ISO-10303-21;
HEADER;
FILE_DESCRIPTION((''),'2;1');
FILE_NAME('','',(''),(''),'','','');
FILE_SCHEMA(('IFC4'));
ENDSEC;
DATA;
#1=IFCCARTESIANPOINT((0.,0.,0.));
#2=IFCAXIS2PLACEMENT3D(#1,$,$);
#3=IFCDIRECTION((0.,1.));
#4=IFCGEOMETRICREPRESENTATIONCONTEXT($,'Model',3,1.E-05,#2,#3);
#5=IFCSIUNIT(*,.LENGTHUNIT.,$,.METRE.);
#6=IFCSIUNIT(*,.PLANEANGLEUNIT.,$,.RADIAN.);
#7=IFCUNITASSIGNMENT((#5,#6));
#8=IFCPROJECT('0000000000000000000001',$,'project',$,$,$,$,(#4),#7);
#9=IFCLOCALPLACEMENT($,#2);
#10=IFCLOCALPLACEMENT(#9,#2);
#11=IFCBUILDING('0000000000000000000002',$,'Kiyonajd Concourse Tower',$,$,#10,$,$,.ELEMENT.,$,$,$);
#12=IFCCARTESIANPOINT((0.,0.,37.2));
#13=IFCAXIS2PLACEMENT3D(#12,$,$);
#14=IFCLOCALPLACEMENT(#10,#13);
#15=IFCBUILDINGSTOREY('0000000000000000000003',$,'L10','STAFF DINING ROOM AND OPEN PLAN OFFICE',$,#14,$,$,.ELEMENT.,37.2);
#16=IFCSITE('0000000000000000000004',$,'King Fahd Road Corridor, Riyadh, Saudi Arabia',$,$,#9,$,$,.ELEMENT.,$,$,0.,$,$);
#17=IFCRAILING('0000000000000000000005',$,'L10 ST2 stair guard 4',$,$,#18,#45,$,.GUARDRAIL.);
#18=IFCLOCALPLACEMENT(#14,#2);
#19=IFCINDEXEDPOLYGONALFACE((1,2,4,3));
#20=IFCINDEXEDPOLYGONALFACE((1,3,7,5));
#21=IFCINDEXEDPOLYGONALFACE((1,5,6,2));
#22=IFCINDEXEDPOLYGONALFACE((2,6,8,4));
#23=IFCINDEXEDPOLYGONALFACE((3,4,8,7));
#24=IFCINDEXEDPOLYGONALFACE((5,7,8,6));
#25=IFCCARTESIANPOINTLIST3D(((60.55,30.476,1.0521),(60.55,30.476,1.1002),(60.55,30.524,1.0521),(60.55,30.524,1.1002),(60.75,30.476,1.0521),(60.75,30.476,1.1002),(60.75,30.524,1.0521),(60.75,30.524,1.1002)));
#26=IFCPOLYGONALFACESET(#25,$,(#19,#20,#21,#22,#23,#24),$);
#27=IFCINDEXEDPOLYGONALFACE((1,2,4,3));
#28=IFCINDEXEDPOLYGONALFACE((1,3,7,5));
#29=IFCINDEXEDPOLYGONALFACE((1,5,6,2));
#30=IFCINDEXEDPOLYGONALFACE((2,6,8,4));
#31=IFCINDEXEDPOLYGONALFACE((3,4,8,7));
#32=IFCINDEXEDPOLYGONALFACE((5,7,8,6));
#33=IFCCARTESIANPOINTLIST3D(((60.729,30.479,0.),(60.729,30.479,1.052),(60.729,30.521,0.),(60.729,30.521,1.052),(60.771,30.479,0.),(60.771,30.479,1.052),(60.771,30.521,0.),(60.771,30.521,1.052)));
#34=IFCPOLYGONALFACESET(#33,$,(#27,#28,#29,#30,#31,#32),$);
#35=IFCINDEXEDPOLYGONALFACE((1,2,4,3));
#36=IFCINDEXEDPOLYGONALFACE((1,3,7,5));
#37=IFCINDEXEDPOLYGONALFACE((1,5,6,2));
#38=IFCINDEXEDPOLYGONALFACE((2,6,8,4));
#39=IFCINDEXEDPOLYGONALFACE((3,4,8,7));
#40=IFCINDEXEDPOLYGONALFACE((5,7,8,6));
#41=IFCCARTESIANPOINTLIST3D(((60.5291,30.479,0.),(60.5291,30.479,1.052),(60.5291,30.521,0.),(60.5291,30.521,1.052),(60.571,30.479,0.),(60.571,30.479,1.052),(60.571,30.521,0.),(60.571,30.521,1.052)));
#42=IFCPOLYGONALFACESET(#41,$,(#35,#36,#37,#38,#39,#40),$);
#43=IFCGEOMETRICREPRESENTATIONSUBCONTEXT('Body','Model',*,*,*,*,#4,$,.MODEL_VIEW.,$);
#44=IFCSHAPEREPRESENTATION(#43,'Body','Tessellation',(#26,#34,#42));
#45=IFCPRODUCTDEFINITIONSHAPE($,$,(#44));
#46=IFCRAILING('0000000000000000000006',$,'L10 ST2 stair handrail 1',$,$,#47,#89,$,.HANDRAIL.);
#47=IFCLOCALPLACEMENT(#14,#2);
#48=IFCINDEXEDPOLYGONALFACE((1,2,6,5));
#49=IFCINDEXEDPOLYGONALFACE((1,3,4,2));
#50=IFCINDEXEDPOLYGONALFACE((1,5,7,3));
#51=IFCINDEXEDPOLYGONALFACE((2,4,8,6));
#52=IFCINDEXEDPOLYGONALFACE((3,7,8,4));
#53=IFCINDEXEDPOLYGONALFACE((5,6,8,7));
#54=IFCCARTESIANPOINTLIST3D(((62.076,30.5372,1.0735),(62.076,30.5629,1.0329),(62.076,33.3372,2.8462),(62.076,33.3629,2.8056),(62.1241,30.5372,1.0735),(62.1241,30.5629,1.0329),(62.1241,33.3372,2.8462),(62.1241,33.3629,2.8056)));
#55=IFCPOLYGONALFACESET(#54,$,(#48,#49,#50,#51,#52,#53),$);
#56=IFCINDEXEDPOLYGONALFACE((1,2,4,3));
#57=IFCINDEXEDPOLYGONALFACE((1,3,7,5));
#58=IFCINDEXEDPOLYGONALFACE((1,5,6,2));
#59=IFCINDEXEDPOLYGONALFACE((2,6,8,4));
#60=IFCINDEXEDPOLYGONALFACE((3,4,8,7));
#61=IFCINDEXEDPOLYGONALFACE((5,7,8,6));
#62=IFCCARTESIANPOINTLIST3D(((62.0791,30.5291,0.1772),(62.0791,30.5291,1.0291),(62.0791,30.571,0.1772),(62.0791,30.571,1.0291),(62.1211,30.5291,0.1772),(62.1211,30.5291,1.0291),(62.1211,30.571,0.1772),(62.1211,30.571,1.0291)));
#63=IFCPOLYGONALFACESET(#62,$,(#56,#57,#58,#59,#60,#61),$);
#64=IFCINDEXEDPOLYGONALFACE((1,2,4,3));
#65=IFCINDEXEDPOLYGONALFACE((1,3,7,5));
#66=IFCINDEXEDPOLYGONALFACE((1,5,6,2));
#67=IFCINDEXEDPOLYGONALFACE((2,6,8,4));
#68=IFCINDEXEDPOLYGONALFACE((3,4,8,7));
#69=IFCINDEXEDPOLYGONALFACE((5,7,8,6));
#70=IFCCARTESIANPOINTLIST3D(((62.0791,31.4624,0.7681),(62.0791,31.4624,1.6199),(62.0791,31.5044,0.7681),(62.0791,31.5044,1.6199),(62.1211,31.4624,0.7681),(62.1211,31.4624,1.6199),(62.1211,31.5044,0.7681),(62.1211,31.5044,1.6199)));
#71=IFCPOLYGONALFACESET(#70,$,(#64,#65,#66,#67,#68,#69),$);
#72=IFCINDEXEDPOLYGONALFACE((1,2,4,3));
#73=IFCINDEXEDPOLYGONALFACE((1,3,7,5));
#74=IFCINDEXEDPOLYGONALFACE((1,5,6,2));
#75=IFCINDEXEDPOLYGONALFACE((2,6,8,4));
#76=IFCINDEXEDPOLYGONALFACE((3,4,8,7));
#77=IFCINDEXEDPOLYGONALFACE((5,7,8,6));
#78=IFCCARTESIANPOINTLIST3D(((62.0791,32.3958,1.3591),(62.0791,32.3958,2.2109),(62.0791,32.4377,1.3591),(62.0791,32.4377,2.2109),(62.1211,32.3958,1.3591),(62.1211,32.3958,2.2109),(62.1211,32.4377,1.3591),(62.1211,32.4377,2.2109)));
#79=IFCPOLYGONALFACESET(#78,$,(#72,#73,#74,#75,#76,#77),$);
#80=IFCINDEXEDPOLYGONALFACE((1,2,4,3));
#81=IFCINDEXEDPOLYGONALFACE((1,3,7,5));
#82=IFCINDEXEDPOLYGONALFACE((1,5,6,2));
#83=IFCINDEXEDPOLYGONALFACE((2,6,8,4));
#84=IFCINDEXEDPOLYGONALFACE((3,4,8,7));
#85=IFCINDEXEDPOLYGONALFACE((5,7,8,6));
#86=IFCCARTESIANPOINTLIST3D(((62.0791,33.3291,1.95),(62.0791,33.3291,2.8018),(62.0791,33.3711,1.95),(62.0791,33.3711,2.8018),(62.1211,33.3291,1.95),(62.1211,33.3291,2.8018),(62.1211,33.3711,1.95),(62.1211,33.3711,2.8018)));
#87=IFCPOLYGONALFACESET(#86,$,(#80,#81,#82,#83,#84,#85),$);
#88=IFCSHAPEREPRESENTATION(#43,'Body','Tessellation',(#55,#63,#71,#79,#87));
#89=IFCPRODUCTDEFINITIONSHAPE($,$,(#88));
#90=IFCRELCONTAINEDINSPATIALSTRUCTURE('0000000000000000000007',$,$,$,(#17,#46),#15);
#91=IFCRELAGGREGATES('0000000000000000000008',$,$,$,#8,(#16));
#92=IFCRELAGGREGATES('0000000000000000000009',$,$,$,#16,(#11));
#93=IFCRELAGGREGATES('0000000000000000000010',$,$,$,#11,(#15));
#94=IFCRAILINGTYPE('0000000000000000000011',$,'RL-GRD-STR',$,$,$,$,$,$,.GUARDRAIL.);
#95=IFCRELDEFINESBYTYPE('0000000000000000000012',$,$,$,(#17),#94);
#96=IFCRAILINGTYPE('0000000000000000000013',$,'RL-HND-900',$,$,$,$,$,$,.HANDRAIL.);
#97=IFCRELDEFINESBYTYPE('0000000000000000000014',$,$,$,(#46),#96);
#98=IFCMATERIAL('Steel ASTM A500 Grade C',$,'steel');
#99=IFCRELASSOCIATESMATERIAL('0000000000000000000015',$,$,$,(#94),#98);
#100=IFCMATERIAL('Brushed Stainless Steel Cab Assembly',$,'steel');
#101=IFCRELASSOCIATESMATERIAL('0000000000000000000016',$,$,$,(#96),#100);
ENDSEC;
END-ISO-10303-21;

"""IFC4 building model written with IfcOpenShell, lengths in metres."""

from ifc_helpers import new_model, si_unit, direction, frame, origin, origin_2d, place, context, subcontext, project, spatial, rectangle, extrude, material, type_object, element, save


model = new_model("IFC4")

# Units and contexts
model_context = context("Model", 3, precision=1e-05, world=origin(), true_north=direction((0.0, 1.0)))
body_context = subcontext(model_context, "Body", "Model", "MODEL_VIEW")
ifc_project = project(units=[si_unit("LENGTHUNIT", "METRE"), si_unit("PLANEANGLEUNIT", "RADIAN")], contexts=[model_context])

# Site, building, storey
site_placement = place(None, origin())
site = spatial("IfcSite", under=ifc_project, at=site_placement, Name="King Fahd Road Corridor, Riyadh, Saudi Arabia", CompositionType="ELEMENT", RefElevation=0.0)
building_placement = place(site_placement, origin())
building = spatial("IfcBuilding", under=site, at=building_placement, Name="Kiyonajd Concourse Tower", CompositionType="ELEMENT")
storey_placement = place(building_placement, frame((0.0, 0.0, 37.2)))
storey = spatial("IfcBuildingStorey", under=building, at=storey_placement, Name="L10", Description="STAFF DINING ROOM AND OPEN PLAN OFFICE", CompositionType="ELEMENT", Elevation=37.2)

# Railings
ifc_material_1 = material(Name="Steel ASTM A500 Grade C", Category="steel")
railing_type_1 = type_object("IfcRailingType", Name="RL-GRD-STR", PredefinedType="GUARDRAIL", material=ifc_material_1)
railing_1_placement = place(storey_placement, frame((60.75, 30.5, 0.0)))
element("IfcRailing", 1, at=railing_1_placement, inside=storey, type_object=railing_type_1, Name="L10 ST2 stair guard 4", PredefinedType="GUARDRAIL", context=body_context, shape_type="SweptSolid", body=[
    extrude(rectangle(XDim=0.0481, YDim=0.0481, at=origin_2d()), frame((0.0, 0.0, 1.0762), z_axis=(-1.0, 0.0, 0.0), x_axis=(0.0, -1.0, 0.0)), (0.0, 0.0, 1.0), 0.2),
    extrude(rectangle(XDim=0.042, YDim=0.042, at=origin_2d()), origin(), (0.0, 0.0, 1.0), 1.052),
    extrude(rectangle(XDim=0.042, YDim=0.042, at=origin_2d()), frame((-0.2, 0.0, 0.0)), (0.0, 0.0, 1.0), 1.052),
])
ifc_material_2 = material(Name="Brushed Stainless Steel Cab Assembly", Category="steel")
railing_type_2 = type_object("IfcRailingType", Name="RL-HND-900", PredefinedType="HANDRAIL", material=ifc_material_2)
railing_2_placement = place(storey_placement, frame((62.1001, 30.55, 0.1772)))
element("IfcRailing", 2, at=railing_2_placement, inside=storey, type_object=railing_type_2, Name="L10 ST2 stair handrail 1", PredefinedType="HANDRAIL", context=body_context, shape_type="SweptSolid", body=[
    extrude(rectangle(XDim=0.0481, YDim=0.0481, at=origin_2d()), frame((0.0, 0.0, 0.876), z_axis=(0.0, 0.844909, 0.53491), x_axis=(-1.0, 0.0, 0.0)), (0.0, 0.0, 1.0), 3.314),
    extrude(rectangle(XDim=0.042, YDim=0.042, at=origin_2d()), origin(), (0.0, 0.0, 1.0), 0.8518),
    extrude(rectangle(XDim=0.042, YDim=0.042, at=origin_2d()), frame((0.0, 0.9333, 0.5908)), (0.0, 0.0, 1.0), 0.8518),
    extrude(rectangle(XDim=0.042, YDim=0.042, at=origin_2d()), frame((0.0, 1.8667, 1.1819)), (0.0, 0.0, 1.0), 0.8518),
    extrude(rectangle(XDim=0.042, YDim=0.042, at=origin_2d()), frame((0.0, 2.8, 1.7727)), (0.0, 0.0, 1.0), 0.8518),
])

save(model, "model.ifc")
